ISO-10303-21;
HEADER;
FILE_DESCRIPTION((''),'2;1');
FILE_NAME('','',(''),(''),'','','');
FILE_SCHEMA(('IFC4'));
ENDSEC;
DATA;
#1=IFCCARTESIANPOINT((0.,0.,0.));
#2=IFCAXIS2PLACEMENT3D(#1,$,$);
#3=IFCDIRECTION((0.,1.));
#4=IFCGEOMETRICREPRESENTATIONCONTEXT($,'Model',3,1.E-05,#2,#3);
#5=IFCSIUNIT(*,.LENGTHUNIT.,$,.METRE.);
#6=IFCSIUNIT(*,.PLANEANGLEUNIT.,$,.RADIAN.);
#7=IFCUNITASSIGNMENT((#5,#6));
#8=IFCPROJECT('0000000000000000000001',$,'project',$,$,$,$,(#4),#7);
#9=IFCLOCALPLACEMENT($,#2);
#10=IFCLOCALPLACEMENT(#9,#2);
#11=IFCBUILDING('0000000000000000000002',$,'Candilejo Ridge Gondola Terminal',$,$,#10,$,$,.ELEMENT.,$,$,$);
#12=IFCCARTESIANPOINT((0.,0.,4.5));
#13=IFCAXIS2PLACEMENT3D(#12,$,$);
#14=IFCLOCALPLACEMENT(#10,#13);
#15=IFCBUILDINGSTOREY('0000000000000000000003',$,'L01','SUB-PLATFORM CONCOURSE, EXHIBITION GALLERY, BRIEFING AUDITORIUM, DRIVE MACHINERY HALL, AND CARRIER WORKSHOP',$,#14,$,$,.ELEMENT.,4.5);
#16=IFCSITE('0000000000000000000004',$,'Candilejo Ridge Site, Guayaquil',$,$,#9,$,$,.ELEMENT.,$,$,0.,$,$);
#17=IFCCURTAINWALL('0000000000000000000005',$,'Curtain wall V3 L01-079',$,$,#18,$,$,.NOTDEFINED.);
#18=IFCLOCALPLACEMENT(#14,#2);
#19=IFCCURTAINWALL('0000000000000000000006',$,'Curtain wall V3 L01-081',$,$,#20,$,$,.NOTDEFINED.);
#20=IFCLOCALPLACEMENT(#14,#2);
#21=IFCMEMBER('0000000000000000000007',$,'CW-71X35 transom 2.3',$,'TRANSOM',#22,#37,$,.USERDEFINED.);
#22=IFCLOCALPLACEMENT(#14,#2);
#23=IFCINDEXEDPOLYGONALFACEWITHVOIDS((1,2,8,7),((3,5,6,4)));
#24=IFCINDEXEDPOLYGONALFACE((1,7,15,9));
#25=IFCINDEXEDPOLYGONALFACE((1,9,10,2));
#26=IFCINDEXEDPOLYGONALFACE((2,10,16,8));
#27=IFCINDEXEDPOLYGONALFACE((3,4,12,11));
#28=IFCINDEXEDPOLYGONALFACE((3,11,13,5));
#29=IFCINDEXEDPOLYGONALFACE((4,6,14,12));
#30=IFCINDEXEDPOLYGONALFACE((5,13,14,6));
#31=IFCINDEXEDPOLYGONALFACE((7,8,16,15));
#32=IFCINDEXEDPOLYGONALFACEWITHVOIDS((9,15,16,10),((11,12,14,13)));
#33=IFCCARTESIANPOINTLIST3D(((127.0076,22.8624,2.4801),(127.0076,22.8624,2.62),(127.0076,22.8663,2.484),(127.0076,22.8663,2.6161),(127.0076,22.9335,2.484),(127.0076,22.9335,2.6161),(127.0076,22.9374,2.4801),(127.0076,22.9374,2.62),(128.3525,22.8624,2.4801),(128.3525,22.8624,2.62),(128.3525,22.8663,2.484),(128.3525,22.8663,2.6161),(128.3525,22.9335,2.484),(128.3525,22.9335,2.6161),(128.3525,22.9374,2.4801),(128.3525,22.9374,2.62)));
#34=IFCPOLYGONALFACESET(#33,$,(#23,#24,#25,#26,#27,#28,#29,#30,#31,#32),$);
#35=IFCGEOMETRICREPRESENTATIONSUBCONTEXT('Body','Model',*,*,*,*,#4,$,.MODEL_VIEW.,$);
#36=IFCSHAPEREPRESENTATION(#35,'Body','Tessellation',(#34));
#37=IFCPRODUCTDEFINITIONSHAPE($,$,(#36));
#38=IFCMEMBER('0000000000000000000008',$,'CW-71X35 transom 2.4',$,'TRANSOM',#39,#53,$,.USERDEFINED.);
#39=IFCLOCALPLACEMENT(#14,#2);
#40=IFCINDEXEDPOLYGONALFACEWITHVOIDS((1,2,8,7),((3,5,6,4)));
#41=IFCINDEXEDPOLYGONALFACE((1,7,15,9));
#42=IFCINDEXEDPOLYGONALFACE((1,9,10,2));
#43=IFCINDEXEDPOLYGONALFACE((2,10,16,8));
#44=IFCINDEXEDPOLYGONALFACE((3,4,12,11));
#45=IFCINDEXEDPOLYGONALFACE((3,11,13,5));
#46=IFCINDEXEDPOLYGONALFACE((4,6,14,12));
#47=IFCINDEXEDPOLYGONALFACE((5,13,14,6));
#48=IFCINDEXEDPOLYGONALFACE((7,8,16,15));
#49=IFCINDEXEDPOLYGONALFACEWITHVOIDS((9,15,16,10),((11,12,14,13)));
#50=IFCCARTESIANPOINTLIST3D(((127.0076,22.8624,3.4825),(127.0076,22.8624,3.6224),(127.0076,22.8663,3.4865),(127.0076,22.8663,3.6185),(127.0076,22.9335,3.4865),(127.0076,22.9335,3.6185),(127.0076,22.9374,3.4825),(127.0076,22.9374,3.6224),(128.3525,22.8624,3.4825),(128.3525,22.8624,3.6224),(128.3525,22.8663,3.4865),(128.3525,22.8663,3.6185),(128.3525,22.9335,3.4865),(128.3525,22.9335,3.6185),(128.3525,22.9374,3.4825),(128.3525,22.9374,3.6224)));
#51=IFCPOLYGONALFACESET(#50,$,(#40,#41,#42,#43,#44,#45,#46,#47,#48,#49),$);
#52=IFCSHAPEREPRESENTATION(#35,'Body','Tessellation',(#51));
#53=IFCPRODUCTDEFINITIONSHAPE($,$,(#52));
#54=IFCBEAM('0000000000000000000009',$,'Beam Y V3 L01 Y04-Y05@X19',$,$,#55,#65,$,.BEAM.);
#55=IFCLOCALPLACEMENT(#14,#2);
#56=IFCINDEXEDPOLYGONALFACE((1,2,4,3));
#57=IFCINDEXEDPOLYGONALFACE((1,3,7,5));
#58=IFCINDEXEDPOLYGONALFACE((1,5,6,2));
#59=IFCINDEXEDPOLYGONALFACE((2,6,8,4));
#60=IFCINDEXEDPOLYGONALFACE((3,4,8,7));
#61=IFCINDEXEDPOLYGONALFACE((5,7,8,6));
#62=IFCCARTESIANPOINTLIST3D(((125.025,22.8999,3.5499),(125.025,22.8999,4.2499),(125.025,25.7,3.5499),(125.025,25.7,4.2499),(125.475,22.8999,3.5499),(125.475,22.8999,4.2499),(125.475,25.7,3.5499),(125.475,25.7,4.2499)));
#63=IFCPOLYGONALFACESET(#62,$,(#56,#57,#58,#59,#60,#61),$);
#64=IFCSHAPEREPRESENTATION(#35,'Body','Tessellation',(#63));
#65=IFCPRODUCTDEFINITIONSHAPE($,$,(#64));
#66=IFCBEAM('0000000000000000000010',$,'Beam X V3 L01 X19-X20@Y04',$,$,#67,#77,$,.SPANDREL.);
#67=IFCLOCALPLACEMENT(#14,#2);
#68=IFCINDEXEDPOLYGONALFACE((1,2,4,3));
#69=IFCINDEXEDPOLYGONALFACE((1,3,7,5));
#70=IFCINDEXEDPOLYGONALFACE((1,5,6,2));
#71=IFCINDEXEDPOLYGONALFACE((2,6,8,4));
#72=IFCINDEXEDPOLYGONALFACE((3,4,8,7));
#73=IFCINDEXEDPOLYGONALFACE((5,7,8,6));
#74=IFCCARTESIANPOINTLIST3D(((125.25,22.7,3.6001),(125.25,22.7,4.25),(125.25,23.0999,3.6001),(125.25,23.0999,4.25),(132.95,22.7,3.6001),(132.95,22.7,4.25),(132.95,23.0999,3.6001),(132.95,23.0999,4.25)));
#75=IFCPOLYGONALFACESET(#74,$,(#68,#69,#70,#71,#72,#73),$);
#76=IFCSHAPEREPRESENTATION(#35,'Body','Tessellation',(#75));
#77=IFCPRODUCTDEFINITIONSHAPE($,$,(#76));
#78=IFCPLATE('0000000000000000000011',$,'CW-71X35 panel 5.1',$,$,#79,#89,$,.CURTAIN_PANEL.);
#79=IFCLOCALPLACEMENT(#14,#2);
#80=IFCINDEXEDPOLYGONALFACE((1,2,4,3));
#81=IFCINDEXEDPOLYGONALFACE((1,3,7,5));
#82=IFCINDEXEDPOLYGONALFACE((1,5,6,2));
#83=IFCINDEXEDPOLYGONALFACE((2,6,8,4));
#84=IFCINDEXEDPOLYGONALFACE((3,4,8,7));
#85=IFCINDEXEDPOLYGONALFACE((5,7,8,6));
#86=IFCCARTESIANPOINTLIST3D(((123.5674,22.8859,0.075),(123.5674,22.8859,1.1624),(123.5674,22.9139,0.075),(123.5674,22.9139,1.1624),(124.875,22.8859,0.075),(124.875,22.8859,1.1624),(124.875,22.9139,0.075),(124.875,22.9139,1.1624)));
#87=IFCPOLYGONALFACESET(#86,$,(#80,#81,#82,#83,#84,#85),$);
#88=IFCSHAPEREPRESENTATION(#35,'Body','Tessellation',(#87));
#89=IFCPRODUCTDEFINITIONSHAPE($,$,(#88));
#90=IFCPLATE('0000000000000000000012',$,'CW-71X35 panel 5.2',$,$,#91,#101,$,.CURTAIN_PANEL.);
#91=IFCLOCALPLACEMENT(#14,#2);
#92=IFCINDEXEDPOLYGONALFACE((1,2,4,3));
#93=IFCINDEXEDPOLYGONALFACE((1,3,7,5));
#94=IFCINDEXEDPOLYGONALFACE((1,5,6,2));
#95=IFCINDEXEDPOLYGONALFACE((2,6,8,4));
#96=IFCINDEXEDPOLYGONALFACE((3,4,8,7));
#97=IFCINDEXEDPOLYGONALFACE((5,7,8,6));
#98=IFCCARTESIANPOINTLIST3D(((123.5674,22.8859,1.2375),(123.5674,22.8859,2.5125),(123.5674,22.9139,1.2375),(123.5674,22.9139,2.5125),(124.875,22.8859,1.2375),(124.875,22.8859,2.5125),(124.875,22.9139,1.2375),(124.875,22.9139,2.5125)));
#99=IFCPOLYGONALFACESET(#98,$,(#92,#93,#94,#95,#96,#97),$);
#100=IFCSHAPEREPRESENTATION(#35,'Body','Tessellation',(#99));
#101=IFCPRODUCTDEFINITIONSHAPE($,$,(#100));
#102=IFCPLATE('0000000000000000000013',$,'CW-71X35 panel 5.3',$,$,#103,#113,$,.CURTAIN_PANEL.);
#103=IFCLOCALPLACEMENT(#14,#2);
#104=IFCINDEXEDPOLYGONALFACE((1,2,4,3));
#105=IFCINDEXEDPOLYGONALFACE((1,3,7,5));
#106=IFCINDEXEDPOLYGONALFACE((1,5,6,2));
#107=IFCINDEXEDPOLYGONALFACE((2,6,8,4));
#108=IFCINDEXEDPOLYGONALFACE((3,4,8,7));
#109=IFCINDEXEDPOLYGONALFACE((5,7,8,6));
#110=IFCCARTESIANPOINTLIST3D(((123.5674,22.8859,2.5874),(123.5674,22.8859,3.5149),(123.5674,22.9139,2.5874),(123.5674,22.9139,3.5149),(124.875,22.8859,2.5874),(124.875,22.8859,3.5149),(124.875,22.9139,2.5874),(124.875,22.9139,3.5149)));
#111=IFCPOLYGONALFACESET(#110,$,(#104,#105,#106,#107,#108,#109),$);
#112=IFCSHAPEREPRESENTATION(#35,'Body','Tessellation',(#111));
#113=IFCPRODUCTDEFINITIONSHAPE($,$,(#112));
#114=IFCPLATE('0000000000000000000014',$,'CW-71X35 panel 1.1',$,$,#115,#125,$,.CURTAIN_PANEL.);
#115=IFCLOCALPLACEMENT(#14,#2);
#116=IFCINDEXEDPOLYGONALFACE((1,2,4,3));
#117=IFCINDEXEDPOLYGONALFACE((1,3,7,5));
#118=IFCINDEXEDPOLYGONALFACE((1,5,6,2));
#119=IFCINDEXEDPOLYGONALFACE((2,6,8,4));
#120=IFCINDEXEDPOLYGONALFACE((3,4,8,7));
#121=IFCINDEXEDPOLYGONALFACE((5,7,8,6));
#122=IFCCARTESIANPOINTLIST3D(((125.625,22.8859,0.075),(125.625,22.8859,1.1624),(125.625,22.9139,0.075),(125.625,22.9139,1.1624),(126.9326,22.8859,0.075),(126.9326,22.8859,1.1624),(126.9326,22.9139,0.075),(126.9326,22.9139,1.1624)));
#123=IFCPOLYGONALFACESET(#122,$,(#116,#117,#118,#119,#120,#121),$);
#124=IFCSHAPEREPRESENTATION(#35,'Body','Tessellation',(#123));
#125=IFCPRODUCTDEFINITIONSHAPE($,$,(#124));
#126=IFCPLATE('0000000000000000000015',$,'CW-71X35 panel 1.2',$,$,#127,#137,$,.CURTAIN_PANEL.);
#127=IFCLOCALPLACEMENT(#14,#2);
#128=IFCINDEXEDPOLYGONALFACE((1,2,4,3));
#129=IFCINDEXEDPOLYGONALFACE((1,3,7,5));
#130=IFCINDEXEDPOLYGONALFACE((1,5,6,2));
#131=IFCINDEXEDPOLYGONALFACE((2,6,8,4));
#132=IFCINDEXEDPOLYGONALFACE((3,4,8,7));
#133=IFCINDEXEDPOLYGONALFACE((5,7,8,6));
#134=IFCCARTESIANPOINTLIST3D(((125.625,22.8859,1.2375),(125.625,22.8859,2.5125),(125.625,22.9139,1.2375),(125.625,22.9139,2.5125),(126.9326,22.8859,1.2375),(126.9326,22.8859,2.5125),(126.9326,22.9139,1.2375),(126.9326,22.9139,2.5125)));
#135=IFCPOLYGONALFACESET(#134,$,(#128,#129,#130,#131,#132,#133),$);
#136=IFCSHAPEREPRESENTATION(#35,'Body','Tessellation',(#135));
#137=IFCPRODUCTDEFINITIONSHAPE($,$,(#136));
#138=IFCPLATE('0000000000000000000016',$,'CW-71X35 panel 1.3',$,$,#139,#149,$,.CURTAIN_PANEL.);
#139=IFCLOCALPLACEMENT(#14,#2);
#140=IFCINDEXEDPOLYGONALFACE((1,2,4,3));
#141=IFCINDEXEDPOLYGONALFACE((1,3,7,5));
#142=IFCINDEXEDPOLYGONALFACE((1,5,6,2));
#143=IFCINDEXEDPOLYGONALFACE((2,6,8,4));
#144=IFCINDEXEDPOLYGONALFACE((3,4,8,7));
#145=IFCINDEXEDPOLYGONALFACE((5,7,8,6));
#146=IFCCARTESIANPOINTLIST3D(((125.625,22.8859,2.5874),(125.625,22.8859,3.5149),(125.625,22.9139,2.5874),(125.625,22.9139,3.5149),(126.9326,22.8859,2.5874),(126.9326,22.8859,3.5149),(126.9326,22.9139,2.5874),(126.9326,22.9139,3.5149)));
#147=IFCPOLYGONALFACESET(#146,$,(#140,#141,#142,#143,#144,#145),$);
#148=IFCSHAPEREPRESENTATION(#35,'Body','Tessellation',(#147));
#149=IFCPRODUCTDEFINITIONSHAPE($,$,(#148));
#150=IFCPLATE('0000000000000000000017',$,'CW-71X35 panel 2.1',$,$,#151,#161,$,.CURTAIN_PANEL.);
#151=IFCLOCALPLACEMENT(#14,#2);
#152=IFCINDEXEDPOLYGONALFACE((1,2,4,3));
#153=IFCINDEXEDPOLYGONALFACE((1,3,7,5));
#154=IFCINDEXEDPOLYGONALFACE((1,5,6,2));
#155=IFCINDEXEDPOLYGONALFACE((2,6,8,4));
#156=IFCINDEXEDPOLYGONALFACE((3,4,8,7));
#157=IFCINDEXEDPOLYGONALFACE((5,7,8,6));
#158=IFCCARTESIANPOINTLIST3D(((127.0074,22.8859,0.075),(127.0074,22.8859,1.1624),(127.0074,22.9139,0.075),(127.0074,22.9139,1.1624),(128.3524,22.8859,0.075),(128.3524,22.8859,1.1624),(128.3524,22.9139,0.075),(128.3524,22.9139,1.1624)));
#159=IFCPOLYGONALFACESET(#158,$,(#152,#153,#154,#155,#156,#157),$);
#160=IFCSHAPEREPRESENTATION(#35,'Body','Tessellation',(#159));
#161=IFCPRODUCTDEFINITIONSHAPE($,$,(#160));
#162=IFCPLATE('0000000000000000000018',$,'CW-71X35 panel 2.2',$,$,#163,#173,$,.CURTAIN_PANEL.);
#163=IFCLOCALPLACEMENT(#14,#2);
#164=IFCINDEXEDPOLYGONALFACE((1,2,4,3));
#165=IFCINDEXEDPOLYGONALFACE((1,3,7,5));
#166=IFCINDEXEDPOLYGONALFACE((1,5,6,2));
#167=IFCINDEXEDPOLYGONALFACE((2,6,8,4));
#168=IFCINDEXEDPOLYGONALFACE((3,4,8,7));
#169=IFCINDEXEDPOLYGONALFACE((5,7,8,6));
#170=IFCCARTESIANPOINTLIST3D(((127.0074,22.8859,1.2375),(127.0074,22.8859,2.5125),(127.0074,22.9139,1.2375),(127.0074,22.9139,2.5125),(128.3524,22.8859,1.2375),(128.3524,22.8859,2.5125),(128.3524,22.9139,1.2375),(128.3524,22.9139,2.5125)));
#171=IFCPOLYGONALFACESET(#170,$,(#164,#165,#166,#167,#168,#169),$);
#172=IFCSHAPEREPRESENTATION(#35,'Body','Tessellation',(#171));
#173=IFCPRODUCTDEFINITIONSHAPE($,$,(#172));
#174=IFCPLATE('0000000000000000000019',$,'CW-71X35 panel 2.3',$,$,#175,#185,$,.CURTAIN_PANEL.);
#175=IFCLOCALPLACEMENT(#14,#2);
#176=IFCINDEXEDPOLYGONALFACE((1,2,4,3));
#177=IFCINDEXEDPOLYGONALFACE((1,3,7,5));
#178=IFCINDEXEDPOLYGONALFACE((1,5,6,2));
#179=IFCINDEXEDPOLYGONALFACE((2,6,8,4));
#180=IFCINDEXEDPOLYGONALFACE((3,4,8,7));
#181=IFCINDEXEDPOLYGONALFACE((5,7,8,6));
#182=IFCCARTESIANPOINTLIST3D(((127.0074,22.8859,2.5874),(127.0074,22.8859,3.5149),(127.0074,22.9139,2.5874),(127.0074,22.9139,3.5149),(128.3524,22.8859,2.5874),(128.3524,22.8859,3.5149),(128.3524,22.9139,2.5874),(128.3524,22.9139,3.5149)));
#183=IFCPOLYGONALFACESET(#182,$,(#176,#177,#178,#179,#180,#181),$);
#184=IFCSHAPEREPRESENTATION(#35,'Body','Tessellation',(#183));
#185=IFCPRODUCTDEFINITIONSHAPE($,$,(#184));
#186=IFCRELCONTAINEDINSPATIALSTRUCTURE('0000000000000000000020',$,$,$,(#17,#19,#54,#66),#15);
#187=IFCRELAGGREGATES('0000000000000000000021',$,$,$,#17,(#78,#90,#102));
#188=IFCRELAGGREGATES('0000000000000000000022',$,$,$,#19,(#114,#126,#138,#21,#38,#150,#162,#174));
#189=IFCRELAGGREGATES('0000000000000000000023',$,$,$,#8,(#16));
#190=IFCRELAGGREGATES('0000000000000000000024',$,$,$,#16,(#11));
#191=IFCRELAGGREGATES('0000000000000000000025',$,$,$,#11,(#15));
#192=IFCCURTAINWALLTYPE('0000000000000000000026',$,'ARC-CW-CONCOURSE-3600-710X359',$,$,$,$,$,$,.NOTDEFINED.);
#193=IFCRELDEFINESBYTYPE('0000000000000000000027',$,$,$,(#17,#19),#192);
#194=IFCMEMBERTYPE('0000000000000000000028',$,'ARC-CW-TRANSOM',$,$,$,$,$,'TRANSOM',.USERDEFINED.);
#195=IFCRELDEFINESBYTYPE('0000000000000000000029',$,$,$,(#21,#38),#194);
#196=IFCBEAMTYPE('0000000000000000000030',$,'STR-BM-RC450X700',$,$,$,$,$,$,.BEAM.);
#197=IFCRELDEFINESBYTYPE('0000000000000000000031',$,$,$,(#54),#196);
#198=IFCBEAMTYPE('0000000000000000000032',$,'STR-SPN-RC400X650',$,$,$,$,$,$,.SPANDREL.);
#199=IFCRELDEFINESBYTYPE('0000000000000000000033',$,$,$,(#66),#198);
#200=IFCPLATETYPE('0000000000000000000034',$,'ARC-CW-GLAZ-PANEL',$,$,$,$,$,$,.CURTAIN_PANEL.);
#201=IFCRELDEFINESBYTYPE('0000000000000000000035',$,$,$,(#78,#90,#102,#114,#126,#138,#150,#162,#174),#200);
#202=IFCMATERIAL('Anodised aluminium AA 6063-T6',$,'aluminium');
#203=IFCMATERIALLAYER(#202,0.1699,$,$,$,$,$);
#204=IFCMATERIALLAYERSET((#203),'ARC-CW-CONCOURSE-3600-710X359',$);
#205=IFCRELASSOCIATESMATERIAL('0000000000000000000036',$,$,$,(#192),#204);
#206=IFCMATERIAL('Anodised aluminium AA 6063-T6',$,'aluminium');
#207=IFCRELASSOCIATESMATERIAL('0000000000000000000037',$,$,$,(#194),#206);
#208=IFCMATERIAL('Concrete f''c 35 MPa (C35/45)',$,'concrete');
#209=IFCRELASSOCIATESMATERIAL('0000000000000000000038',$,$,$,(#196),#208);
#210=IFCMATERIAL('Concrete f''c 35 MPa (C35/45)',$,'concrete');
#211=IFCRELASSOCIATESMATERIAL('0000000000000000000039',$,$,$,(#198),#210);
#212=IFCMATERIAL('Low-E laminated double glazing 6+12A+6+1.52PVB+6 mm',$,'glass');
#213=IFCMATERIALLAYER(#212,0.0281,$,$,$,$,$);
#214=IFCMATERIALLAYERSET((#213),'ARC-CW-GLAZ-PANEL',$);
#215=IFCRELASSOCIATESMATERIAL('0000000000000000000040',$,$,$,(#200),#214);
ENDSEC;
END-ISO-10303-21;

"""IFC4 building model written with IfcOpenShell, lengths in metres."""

from ifc_helpers import new_model, si_unit, direction, frame, origin, origin_2d, place, context, subcontext, project, spatial, rectangle, hollow_rectangle, extrude, material, layer, layer_set, material_profile, profile_set, type_object, element, aggregate, save


model = new_model("IFC4")

# Units and contexts
model_context = context("Model", 3, precision=1e-05, world=origin(), true_north=direction((0.0, 1.0)))
body_context = subcontext(model_context, "Body", "Model", "MODEL_VIEW")
ifc_project = project(units=[si_unit("LENGTHUNIT", "METRE"), si_unit("PLANEANGLEUNIT", "RADIAN")], contexts=[model_context])

# Site, building, storey
site_placement = place(None, origin())
site = spatial("IfcSite", under=ifc_project, at=site_placement, Name="Candilejo Ridge Site, Guayaquil", CompositionType="ELEMENT", RefElevation=0.0)
building_placement = place(site_placement, origin())
building = spatial("IfcBuilding", under=site, at=building_placement, Name="Candilejo Ridge Gondola Terminal", CompositionType="ELEMENT")
storey_placement = place(building_placement, frame((0.0, 0.0, 4.5)))
storey = spatial("IfcBuildingStorey", under=building, at=storey_placement, Name="L01", Description="SUB-PLATFORM CONCOURSE, EXHIBITION GALLERY, BRIEFING AUDITORIUM, DRIVE MACHINERY HALL, AND CARRIER WORKSHOP", CompositionType="ELEMENT", Elevation=4.5)

# Curtain wall
ifc_material_1 = material(Name="Anodised aluminium AA 6063-T6", Category="aluminium")
ifc_layer_1 = layer(ifc_material_1, 0.1699)
ifc_layer_set_1 = layer_set([ifc_layer_1], Name="ARC-CW-CONCOURSE-3600-710X359")
curtain_wall_type = type_object("IfcCurtainWallType", Name="ARC-CW-CONCOURSE-3600-710X359", PredefinedType="NOTDEFINED", material=ifc_layer_set_1)
curtain_wall_1_placement = place(storey_placement, origin())
curtain_wall_1 = element("IfcCurtainWall", 1, at=curtain_wall_1_placement, inside=storey, type_object=curtain_wall_type, Name="Curtain wall V3 L01-079", PredefinedType="NOTDEFINED")

# Curtain wall
curtain_wall_2_placement = place(storey_placement, origin())
curtain_wall_2 = element("IfcCurtainWall", 2, at=curtain_wall_2_placement, inside=storey, type_object=curtain_wall_type, Name="Curtain wall V3 L01-081", PredefinedType="NOTDEFINED")

# Members
ifc_material_2 = material(Name="Anodised aluminium AA 6063-T6", Category="aluminium")
ifc_material_profile_1 = material_profile(ifc_material_2, hollow_rectangle(XDim=0.075, YDim=0.1399, WallThickness=0.0039, at=origin_2d()))
ifc_profile_set_1 = profile_set([ifc_material_profile_1], Name="Anodised aluminium AA 6063-T6")
member_type_1 = type_object("IfcMemberType", Name="ARC-CW-TRANSOM", ElementType="TRANSOM", PredefinedType="USERDEFINED", material=ifc_profile_set_1)
member_1_placement = place(storey_placement, frame((127.0076, 22.8999, 2.55), z_axis=(1.0, 0.0, 0.0), x_axis=(0.0, 1.0, 0.0)))
member_1 = element("IfcMember", 3, at=member_1_placement, type_object=member_type_1, Name="CW-71X35 transom 2.3", ObjectType="TRANSOM", PredefinedType="USERDEFINED", context=body_context, shape_type="SweptSolid", body=[
    extrude(hollow_rectangle(XDim=0.075, YDim=0.1399, WallThickness=0.0039, at=origin_2d()), origin(), (0.0, 0.0, 1.0), 1.345),
])
member_2_placement = place(storey_placement, frame((127.0076, 22.8999, 3.5525), z_axis=(1.0, 0.0, 0.0), x_axis=(0.0, 1.0, 0.0)))
member_2 = element("IfcMember", 4, at=member_2_placement, type_object=member_type_1, Name="CW-71X35 transom 2.4", ObjectType="TRANSOM", PredefinedType="USERDEFINED", context=body_context, shape_type="SweptSolid", body=[
    extrude(hollow_rectangle(XDim=0.075, YDim=0.1399, WallThickness=0.0039, at=origin_2d()), origin(), (0.0, 0.0, 1.0), 1.345),
])

# Beams
ifc_material_3 = material(Name="Concrete f'c 35 MPa (C35/45)", Category="concrete")
ifc_material_profile_2 = material_profile(ifc_material_3, rectangle(XDim=0.45, YDim=0.7, at=origin_2d()))
ifc_profile_set_2 = profile_set([ifc_material_profile_2], Name="Concrete f'c 35 MPa (C35/45)")
beam_type_1 = type_object("IfcBeamType", Name="STR-BM-RC450X700", PredefinedType="BEAM", material=ifc_profile_set_2)
beam_1_placement = place(storey_placement, frame((125.25, 22.8999, 3.8999), z_axis=(0.0, 1.0, 0.0), x_axis=(-1.0, 0.0, 0.0)))
element("IfcBeam", 5, at=beam_1_placement, inside=storey, type_object=beam_type_1, Name="Beam Y V3 L01 Y04-Y05@X19", PredefinedType="BEAM", context=body_context, shape_type="SweptSolid", body=[
    extrude(rectangle(XDim=0.45, YDim=0.7, at=origin_2d()), origin(), (0.0, 0.0, 1.0), 2.8),
])
ifc_material_4 = material(Name="Concrete f'c 35 MPa (C35/45)", Category="concrete")
ifc_material_profile_3 = material_profile(ifc_material_4, rectangle(XDim=0.3999, YDim=0.6499, at=origin_2d()))
ifc_profile_set_3 = profile_set([ifc_material_profile_3], Name="Concrete f'c 35 MPa (C35/45)")
beam_type_2 = type_object("IfcBeamType", Name="STR-SPN-RC400X650", PredefinedType="SPANDREL", material=ifc_profile_set_3)
beam_2_placement = place(storey_placement, frame((125.25, 22.8999, 3.925), z_axis=(1.0, 0.0, 0.0), x_axis=(0.0, 1.0, 0.0)))
element("IfcBeam", 6, at=beam_2_placement, inside=storey, type_object=beam_type_2, Name="Beam X V3 L01 X19-X20@Y04", PredefinedType="SPANDREL", context=body_context, shape_type="SweptSolid", body=[
    extrude(rectangle(XDim=0.3999, YDim=0.6499, at=origin_2d()), origin(), (0.0, 0.0, 1.0), 7.7),
])

# Plates
ifc_material_5 = material(Name="Low-E laminated double glazing 6+12A+6+1.52PVB+6 mm", Category="glass")
ifc_layer_2 = layer(ifc_material_5, 0.0281)
ifc_layer_set_2 = layer_set([ifc_layer_2], Name="ARC-CW-GLAZ-PANEL")
plate_type_1 = type_object("IfcPlateType", Name="ARC-CW-GLAZ-PANEL", PredefinedType="CURTAIN_PANEL", material=ifc_layer_set_2)
plate_1_placement = place(storey_placement, frame((124.2212, 22.8999, 0.075), z_axis=(0.0, 0.0, 1.0), x_axis=(1.0, 0.0, 0.0)))
plate_1 = element("IfcPlate", 7, at=plate_1_placement, type_object=plate_type_1, Name="CW-71X35 panel 5.1", PredefinedType="CURTAIN_PANEL", context=body_context, shape_type="SweptSolid", body=[
    extrude(rectangle(XDim=1.3076, YDim=0.0281, at=origin_2d()), origin(), (0.0, 0.0, 1.0), 1.0874),
])
plate_2_placement = place(storey_placement, frame((124.2212, 22.8999, 1.2375), z_axis=(0.0, 0.0, 1.0), x_axis=(1.0, 0.0, 0.0)))
plate_2 = element("IfcPlate", 8, at=plate_2_placement, type_object=plate_type_1, Name="CW-71X35 panel 5.2", PredefinedType="CURTAIN_PANEL", context=body_context, shape_type="SweptSolid", body=[
    extrude(rectangle(XDim=1.3076, YDim=0.0281, at=origin_2d()), origin(), (0.0, 0.0, 1.0), 1.2749),
])
plate_3_placement = place(storey_placement, frame((124.2212, 22.8999, 2.5874), z_axis=(0.0, 0.0, 1.0), x_axis=(1.0, 0.0, 0.0)))
plate_3 = element("IfcPlate", 9, at=plate_3_placement, type_object=plate_type_1, Name="CW-71X35 panel 5.3", PredefinedType="CURTAIN_PANEL", context=body_context, shape_type="SweptSolid", body=[
    extrude(rectangle(XDim=1.3076, YDim=0.0281, at=origin_2d()), origin(), (0.0, 0.0, 1.0), 0.9275),
])
aggregate(curtain_wall_1, [plate_1, plate_2, plate_3])
plate_4_placement = place(storey_placement, frame((126.2788, 22.8999, 0.075), z_axis=(0.0, 0.0, 1.0), x_axis=(1.0, 0.0, 0.0)))
plate_4 = element("IfcPlate", 10, at=plate_4_placement, type_object=plate_type_1, Name="CW-71X35 panel 1.1", PredefinedType="CURTAIN_PANEL", context=body_context, shape_type="SweptSolid", body=[
    extrude(rectangle(XDim=1.3076, YDim=0.0281, at=origin_2d()), origin(), (0.0, 0.0, 1.0), 1.0874),
])
plate_5_placement = place(storey_placement, frame((126.2788, 22.8999, 1.2375), z_axis=(0.0, 0.0, 1.0), x_axis=(1.0, 0.0, 0.0)))
plate_5 = element("IfcPlate", 11, at=plate_5_placement, type_object=plate_type_1, Name="CW-71X35 panel 1.2", PredefinedType="CURTAIN_PANEL", context=body_context, shape_type="SweptSolid", body=[
    extrude(rectangle(XDim=1.3076, YDim=0.0281, at=origin_2d()), origin(), (0.0, 0.0, 1.0), 1.2749),
])
plate_6_placement = place(storey_placement, frame((126.2788, 22.8999, 2.5874), z_axis=(0.0, 0.0, 1.0), x_axis=(1.0, 0.0, 0.0)))
plate_6 = element("IfcPlate", 12, at=plate_6_placement, type_object=plate_type_1, Name="CW-71X35 panel 1.3", PredefinedType="CURTAIN_PANEL", context=body_context, shape_type="SweptSolid", body=[
    extrude(rectangle(XDim=1.3076, YDim=0.0281, at=origin_2d()), origin(), (0.0, 0.0, 1.0), 0.9275),
])
plate_7_placement = place(storey_placement, frame((127.6799, 22.8999, 0.075), z_axis=(0.0, 0.0, 1.0), x_axis=(1.0, 0.0, 0.0)))
plate_7 = element("IfcPlate", 13, at=plate_7_placement, type_object=plate_type_1, Name="CW-71X35 panel 2.1", PredefinedType="CURTAIN_PANEL", context=body_context, shape_type="SweptSolid", body=[
    extrude(rectangle(XDim=1.345, YDim=0.0281, at=origin_2d()), origin(), (0.0, 0.0, 1.0), 1.0874),
])
plate_8_placement = place(storey_placement, frame((127.6799, 22.8999, 1.2375), z_axis=(0.0, 0.0, 1.0), x_axis=(1.0, 0.0, 0.0)))
plate_8 = element("IfcPlate", 14, at=plate_8_placement, type_object=plate_type_1, Name="CW-71X35 panel 2.2", PredefinedType="CURTAIN_PANEL", context=body_context, shape_type="SweptSolid", body=[
    extrude(rectangle(XDim=1.345, YDim=0.0281, at=origin_2d()), origin(), (0.0, 0.0, 1.0), 1.2749),
])
plate_9_placement = place(storey_placement, frame((127.6799, 22.8999, 2.5874), z_axis=(0.0, 0.0, 1.0), x_axis=(1.0, 0.0, 0.0)))
plate_9 = element("IfcPlate", 15, at=plate_9_placement, type_object=plate_type_1, Name="CW-71X35 panel 2.3", PredefinedType="CURTAIN_PANEL", context=body_context, shape_type="SweptSolid", body=[
    extrude(rectangle(XDim=1.345, YDim=0.0281, at=origin_2d()), origin(), (0.0, 0.0, 1.0), 0.9275),
])
aggregate(curtain_wall_2, [plate_4, plate_5, plate_6, member_1, member_2, plate_7, plate_8, plate_9])

save(model, "model.ifc")
